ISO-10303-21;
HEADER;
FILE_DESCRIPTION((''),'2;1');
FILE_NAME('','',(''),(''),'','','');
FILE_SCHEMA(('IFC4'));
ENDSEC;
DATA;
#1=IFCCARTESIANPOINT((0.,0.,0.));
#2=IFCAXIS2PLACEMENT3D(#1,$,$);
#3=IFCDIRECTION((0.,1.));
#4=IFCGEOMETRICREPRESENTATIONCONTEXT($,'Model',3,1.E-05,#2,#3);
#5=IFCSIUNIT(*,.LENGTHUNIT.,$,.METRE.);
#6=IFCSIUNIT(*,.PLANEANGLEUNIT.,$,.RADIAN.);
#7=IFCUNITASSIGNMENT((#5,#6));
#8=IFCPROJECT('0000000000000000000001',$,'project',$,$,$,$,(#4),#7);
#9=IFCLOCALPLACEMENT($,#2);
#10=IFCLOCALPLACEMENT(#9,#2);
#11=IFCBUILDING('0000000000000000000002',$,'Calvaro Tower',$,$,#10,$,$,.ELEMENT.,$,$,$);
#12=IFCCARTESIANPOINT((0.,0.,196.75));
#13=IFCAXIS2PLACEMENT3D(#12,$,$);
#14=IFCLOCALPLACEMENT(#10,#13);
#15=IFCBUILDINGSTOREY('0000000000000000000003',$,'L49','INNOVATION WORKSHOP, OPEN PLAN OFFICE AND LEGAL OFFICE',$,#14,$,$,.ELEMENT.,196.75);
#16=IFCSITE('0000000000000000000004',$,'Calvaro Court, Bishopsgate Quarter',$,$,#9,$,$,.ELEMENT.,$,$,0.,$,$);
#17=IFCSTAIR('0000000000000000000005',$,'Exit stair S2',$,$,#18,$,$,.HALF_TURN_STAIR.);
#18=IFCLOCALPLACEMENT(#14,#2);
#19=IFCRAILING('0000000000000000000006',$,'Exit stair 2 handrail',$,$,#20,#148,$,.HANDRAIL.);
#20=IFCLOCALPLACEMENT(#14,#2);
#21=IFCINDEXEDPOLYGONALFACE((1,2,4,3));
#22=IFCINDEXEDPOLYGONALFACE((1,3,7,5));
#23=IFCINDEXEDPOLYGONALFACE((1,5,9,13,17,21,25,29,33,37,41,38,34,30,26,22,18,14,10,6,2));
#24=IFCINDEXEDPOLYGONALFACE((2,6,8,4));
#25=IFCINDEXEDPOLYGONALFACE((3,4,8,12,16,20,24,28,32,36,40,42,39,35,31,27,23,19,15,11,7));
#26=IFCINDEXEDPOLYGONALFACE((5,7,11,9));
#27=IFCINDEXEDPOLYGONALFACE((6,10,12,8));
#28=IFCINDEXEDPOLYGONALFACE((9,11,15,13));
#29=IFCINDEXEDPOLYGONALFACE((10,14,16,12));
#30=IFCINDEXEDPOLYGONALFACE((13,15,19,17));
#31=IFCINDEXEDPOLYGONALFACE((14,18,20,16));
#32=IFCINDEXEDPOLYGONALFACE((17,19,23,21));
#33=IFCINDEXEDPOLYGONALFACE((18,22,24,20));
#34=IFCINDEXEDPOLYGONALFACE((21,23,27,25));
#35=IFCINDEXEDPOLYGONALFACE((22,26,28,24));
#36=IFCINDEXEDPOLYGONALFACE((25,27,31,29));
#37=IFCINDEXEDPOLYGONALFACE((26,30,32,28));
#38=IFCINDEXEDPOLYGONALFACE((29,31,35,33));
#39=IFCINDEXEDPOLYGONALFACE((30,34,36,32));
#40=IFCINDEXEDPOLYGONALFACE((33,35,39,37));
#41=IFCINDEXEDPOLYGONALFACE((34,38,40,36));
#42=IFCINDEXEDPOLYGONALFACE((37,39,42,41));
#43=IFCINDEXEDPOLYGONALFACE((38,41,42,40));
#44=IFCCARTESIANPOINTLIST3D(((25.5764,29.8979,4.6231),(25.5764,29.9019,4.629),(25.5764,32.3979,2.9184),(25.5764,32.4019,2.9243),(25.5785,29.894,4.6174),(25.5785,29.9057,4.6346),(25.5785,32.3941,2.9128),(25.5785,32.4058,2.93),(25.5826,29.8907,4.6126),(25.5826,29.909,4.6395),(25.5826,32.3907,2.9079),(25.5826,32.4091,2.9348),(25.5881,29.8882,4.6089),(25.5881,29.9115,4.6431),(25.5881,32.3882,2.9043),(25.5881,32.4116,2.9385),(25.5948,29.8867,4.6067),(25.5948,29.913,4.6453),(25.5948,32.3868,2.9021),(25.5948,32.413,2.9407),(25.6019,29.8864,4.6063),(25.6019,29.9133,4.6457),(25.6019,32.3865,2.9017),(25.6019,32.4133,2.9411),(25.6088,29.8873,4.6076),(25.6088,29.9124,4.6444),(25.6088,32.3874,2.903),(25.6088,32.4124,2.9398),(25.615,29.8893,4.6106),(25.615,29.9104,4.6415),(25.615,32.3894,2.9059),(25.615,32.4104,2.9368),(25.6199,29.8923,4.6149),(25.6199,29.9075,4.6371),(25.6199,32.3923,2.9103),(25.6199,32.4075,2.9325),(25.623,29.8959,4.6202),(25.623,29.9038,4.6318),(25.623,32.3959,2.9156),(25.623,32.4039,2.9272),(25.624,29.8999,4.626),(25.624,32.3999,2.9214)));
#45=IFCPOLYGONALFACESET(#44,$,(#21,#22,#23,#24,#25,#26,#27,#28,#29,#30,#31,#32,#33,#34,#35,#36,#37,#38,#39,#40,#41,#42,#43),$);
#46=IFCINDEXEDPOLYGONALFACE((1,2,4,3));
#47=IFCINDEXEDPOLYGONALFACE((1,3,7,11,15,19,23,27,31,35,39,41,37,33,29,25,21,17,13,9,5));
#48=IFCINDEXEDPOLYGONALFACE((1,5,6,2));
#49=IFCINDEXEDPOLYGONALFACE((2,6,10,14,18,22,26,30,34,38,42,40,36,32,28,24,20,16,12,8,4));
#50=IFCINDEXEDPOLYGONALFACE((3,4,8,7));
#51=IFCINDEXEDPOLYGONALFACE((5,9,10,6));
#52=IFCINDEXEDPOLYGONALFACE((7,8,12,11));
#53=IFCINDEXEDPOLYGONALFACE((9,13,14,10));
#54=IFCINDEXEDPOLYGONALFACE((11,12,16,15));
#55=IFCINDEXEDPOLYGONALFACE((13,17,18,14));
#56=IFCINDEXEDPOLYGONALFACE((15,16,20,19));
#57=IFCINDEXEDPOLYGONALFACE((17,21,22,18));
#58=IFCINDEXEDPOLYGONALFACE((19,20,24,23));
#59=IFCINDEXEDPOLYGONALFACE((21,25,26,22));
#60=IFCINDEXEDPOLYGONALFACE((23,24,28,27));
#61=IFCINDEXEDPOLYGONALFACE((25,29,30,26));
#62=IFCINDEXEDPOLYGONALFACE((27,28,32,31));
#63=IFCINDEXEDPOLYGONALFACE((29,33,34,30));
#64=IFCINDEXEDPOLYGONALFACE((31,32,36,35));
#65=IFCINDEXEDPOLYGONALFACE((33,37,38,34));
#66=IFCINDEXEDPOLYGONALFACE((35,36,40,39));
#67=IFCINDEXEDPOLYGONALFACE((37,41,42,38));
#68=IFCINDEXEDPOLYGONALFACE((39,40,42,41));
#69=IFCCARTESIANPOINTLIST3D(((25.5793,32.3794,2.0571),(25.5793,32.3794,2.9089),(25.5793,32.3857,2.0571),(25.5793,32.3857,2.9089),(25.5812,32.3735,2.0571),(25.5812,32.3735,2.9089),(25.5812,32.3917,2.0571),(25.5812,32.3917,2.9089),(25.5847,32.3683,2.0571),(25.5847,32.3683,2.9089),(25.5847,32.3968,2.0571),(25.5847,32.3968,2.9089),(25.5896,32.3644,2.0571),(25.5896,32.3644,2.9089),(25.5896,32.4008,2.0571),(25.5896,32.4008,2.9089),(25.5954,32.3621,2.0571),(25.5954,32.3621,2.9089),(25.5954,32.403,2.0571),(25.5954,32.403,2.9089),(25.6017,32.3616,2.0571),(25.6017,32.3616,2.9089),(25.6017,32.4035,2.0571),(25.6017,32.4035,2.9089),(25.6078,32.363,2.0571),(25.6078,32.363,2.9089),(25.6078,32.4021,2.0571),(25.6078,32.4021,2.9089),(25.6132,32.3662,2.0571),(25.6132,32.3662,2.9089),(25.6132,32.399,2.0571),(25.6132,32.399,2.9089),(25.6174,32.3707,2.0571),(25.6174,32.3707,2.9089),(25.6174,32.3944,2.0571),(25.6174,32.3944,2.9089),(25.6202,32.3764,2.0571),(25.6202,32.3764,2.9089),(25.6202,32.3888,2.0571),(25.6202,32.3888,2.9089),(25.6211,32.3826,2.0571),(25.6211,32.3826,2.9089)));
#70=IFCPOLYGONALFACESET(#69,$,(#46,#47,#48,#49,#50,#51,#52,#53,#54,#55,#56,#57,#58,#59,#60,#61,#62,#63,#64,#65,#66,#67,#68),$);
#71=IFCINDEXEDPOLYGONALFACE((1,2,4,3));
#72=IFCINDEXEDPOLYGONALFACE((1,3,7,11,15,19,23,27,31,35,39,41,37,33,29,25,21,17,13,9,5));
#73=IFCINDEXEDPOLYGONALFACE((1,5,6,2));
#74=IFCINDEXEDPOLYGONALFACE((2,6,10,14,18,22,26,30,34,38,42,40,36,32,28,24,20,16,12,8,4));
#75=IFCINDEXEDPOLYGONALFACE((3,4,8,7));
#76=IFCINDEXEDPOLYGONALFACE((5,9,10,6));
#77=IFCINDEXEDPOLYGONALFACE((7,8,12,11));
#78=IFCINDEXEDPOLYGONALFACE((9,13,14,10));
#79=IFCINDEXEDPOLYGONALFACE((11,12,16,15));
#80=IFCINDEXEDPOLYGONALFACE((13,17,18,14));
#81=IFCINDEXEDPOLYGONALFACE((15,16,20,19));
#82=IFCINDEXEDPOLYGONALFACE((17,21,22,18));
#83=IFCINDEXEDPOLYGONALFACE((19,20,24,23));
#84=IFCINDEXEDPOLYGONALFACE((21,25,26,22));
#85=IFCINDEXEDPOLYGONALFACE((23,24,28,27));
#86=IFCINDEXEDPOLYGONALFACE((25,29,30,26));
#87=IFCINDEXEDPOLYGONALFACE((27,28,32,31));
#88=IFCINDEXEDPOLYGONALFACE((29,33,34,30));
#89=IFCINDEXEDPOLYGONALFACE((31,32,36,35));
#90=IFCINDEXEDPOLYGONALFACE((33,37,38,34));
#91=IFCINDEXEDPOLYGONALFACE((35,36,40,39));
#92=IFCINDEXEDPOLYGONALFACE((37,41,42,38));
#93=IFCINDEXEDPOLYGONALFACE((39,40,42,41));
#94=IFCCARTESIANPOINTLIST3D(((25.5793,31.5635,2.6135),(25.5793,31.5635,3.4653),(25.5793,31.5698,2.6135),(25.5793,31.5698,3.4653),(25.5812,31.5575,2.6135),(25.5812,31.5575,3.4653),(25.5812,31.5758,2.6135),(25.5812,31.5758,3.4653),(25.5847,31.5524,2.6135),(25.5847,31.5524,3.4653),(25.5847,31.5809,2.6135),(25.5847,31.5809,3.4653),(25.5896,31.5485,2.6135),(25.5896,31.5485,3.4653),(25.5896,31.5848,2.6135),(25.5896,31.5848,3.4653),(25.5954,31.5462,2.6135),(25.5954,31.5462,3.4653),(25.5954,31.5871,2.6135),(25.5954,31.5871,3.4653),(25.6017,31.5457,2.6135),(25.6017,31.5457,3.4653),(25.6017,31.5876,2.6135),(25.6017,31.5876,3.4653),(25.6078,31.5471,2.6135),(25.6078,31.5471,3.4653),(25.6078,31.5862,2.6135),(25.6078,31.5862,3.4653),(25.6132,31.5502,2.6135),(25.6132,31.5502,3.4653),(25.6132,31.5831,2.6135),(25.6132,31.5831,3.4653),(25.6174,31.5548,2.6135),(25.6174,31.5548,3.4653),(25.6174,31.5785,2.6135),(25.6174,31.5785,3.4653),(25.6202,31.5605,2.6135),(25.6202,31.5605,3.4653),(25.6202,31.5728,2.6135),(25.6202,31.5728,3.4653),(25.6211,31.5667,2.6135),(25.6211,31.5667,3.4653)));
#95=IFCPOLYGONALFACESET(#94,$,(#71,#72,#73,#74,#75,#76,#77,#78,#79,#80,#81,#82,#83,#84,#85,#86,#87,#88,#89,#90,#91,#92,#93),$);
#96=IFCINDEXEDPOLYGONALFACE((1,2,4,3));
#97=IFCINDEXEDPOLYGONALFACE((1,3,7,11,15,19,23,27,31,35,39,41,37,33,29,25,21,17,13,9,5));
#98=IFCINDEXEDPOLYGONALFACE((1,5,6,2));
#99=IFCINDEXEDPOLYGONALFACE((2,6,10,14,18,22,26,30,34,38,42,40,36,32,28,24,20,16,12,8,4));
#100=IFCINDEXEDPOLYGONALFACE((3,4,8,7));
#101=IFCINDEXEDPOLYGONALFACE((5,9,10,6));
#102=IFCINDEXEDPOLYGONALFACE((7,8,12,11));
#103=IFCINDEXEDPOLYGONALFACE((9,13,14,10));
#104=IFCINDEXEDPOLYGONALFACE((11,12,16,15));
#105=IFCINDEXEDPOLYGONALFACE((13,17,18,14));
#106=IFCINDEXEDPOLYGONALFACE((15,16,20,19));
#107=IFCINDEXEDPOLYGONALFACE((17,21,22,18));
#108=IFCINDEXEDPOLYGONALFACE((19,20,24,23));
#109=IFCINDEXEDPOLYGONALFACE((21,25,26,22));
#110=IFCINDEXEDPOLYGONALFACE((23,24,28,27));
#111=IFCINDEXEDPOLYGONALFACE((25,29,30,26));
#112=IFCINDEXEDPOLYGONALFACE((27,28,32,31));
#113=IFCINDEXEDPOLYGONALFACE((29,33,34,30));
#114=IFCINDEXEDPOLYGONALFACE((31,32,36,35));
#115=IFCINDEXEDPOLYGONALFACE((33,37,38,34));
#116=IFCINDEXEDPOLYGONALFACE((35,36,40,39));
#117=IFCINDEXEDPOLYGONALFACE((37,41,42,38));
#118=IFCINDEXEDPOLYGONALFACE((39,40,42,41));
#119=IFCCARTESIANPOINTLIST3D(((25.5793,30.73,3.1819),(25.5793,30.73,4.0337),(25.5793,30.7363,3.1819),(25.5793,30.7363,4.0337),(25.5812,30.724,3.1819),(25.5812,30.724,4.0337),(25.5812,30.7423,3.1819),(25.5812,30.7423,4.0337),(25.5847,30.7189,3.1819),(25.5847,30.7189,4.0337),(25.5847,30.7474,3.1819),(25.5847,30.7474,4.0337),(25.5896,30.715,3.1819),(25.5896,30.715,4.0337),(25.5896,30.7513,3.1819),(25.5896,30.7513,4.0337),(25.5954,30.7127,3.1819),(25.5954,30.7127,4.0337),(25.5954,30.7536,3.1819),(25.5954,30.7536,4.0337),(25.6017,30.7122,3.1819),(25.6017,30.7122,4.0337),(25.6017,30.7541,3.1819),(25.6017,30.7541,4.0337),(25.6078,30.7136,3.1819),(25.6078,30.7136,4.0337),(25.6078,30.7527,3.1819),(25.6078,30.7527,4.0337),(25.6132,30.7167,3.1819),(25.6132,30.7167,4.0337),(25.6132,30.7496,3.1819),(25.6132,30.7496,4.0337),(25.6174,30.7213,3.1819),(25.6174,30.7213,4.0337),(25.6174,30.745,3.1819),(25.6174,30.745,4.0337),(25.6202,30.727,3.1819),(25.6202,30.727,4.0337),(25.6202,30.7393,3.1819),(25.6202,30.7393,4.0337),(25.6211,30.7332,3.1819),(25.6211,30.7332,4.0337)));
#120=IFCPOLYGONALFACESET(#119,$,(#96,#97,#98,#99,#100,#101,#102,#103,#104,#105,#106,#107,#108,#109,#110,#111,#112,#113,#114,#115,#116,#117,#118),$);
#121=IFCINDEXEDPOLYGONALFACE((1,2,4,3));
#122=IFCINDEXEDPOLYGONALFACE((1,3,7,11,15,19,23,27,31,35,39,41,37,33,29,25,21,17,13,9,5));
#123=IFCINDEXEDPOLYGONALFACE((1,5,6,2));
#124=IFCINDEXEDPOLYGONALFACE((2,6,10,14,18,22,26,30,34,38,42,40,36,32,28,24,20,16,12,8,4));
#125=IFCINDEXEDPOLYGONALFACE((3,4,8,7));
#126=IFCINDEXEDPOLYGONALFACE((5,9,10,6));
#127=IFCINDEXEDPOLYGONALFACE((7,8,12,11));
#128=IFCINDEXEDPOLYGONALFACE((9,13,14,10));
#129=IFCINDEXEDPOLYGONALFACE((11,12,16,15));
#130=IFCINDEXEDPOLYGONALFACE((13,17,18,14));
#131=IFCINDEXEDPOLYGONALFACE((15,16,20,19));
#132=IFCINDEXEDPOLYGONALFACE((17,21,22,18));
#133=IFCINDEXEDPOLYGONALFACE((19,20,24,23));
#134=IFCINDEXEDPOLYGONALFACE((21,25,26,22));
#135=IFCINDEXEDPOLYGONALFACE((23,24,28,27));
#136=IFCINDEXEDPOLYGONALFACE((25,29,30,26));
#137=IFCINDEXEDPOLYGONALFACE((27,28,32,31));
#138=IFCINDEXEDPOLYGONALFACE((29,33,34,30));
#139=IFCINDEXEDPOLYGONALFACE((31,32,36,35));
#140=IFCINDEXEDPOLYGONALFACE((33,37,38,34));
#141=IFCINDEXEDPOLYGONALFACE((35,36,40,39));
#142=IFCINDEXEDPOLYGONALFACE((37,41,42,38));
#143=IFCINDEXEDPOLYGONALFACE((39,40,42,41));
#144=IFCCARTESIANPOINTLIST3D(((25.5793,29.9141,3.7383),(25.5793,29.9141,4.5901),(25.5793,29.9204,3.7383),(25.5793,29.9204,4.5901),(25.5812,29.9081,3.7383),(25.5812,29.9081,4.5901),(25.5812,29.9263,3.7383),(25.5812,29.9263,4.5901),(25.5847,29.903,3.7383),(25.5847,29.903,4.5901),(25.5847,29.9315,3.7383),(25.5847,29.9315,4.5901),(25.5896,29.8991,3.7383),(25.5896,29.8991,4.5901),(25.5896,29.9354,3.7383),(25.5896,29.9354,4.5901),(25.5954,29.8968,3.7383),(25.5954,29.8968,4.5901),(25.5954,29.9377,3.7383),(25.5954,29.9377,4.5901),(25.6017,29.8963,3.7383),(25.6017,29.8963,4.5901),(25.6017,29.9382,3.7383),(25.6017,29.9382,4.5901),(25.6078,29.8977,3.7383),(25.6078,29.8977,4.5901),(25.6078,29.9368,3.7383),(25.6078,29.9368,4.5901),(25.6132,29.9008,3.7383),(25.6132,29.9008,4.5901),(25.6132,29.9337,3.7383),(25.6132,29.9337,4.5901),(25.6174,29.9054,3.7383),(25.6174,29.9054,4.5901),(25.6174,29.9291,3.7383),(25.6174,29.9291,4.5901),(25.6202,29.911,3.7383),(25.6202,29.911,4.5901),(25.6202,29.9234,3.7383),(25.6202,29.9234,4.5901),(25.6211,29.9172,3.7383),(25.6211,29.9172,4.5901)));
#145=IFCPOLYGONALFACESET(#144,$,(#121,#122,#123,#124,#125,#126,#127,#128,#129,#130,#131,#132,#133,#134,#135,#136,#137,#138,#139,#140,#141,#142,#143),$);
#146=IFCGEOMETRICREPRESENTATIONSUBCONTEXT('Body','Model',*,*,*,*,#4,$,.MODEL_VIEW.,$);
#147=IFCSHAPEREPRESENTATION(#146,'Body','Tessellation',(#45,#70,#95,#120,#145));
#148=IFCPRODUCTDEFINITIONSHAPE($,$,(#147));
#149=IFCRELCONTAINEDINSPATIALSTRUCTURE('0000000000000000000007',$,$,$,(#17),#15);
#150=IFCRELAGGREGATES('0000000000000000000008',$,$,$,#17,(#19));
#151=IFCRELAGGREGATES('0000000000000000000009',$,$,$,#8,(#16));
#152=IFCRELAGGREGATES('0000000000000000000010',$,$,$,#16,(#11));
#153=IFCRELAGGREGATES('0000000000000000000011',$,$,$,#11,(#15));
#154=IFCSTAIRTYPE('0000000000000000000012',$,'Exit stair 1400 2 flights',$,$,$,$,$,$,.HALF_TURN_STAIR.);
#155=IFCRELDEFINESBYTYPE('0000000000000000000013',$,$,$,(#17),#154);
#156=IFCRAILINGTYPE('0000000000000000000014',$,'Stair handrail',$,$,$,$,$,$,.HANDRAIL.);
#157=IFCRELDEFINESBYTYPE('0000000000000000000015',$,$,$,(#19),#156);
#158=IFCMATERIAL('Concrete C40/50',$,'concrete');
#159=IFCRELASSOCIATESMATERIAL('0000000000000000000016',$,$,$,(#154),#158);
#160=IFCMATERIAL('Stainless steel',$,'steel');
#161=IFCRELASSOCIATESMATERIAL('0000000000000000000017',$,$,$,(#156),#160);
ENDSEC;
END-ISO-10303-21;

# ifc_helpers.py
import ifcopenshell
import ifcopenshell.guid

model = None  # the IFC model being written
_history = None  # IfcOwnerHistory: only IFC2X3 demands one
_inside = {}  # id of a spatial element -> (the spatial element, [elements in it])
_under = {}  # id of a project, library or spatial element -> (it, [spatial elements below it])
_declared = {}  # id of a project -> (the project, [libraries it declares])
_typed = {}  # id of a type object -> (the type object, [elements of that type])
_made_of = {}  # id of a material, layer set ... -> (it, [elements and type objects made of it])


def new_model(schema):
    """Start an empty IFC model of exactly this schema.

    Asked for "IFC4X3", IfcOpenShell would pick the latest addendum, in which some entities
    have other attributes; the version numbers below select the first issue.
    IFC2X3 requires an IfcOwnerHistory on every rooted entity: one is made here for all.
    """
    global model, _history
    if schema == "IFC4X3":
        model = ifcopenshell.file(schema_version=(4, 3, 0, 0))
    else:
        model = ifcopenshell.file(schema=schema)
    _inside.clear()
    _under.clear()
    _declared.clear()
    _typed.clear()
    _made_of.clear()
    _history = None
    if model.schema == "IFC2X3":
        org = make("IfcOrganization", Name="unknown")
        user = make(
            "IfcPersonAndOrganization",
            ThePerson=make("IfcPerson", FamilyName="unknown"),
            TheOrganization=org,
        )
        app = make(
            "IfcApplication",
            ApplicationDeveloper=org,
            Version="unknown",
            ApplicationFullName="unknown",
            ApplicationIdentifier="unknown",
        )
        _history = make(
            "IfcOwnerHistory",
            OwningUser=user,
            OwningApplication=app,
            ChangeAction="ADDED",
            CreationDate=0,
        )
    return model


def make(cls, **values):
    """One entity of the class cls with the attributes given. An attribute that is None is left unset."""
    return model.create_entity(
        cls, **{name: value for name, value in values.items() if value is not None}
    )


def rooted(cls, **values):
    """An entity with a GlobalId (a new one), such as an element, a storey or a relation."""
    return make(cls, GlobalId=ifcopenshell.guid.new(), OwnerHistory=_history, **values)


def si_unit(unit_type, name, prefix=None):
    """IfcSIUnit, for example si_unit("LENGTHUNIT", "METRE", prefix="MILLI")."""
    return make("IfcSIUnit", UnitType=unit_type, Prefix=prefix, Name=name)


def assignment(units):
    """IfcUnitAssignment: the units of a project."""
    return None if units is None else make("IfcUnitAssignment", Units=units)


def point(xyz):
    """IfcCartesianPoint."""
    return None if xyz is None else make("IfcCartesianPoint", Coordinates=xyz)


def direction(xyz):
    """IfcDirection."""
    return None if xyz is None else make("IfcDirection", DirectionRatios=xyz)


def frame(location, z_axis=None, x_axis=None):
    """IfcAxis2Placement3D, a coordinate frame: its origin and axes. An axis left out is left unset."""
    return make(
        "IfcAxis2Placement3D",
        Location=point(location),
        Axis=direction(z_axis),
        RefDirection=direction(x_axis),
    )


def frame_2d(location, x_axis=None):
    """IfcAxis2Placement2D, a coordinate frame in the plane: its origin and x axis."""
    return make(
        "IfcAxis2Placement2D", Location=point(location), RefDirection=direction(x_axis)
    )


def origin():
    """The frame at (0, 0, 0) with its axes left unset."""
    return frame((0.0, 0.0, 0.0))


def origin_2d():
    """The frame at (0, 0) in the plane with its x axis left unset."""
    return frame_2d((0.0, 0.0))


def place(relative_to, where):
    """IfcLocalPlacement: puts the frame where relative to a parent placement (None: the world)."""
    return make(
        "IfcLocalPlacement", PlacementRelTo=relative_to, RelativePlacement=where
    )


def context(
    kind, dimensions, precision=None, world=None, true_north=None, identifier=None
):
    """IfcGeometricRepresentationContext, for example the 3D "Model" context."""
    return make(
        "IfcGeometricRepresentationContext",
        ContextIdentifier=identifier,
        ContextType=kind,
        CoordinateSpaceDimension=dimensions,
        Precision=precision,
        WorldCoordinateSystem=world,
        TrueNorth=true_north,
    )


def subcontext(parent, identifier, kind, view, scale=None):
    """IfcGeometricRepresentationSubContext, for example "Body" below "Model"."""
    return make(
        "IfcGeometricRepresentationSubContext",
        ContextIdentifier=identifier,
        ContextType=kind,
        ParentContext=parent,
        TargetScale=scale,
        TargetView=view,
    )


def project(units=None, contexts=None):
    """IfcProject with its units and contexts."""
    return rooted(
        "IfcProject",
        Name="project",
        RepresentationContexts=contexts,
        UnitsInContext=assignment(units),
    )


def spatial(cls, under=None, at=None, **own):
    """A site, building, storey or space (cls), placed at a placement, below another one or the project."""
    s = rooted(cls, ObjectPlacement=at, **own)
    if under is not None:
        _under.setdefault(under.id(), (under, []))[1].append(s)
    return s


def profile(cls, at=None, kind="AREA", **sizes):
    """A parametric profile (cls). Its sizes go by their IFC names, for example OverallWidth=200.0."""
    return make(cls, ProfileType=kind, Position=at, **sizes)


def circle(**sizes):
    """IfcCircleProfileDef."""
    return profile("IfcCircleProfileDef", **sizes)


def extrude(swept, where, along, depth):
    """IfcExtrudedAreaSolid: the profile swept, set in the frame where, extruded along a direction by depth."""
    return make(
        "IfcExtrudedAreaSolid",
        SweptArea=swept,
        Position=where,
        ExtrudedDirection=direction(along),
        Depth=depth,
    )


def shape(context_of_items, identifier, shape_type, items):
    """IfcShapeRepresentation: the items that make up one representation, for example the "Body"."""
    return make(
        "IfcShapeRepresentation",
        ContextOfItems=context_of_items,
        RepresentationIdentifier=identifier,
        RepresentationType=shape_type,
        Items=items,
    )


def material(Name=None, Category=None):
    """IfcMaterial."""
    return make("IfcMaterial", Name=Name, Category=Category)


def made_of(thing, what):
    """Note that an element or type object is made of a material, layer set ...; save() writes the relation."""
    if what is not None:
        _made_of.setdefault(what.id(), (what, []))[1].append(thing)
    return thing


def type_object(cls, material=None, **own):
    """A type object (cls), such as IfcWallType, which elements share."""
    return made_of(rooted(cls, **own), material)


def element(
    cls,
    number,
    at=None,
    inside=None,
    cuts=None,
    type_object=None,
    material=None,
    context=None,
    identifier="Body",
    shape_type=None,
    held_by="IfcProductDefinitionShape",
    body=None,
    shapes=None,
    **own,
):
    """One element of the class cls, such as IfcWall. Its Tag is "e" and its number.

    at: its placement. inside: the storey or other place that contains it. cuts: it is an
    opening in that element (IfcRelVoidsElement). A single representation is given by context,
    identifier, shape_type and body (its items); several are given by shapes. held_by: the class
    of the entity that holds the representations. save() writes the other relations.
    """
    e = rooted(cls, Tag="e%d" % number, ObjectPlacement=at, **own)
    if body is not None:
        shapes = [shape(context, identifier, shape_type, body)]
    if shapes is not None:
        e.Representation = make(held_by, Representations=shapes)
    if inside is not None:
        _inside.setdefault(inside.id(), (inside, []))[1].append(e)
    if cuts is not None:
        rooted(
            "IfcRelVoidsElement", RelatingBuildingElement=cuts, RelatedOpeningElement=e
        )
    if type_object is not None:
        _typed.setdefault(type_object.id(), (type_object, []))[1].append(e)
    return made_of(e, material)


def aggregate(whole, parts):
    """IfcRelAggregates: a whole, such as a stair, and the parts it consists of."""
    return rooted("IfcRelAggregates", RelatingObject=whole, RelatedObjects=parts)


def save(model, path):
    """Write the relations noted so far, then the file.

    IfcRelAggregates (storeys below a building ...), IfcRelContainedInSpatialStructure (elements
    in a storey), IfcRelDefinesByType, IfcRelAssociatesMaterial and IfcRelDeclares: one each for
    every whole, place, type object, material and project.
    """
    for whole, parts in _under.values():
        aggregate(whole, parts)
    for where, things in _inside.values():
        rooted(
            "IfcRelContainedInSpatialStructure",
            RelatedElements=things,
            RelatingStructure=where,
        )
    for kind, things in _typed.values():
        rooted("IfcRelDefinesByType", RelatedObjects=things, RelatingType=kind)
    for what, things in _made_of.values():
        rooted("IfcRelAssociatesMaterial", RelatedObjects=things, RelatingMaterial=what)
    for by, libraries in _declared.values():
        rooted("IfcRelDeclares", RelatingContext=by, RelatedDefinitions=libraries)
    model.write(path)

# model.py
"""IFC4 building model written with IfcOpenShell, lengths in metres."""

from ifc_helpers import new_model, si_unit, direction, frame, origin, origin_2d, place, context, subcontext, project, spatial, circle, extrude, material, type_object, element, aggregate, save


model = new_model("IFC4")

# Units and contexts
model_context = context("Model", 3, precision=1e-05, world=origin(), true_north=direction((0.0, 1.0)))
body_context = subcontext(model_context, "Body", "Model", "MODEL_VIEW")
ifc_project = project(units=[si_unit("LENGTHUNIT", "METRE"), si_unit("PLANEANGLEUNIT", "RADIAN")], contexts=[model_context])

# Site, building, storey
site_placement = place(None, origin())
site = spatial("IfcSite", under=ifc_project, at=site_placement, Name="Calvaro Court, Bishopsgate Quarter", CompositionType="ELEMENT", RefElevation=0.0)
building_placement = place(site_placement, origin())
building = spatial("IfcBuilding", under=site, at=building_placement, Name="Calvaro Tower", CompositionType="ELEMENT")
storey_placement = place(building_placement, frame((0.0, 0.0, 196.75)))
storey = spatial("IfcBuildingStorey", under=building, at=storey_placement, Name="L49", Description="INNOVATION WORKSHOP, OPEN PLAN OFFICE AND LEGAL OFFICE", CompositionType="ELEMENT", Elevation=196.75)

# Stair, railing
ifc_material_1 = material(Name="Concrete C40/50", Category="concrete")
stair_type = type_object("IfcStairType", Name="Exit stair 1400 2 flights", PredefinedType="HALF_TURN_STAIR", material=ifc_material_1)
stair_placement = place(storey_placement, origin())
stair = element("IfcStair", 1, at=stair_placement, inside=storey, type_object=stair_type, Name="Exit stair S2", PredefinedType="HALF_TURN_STAIR")
ifc_material_2 = material(Name="Stainless steel", Category="steel")
railing_type = type_object("IfcRailingType", Name="Stair handrail", PredefinedType="HANDRAIL", material=ifc_material_2)
railing_1_placement = place(storey_placement, frame((25.6001, 32.3999, 2.0454)))
railing_1 = element("IfcRailing", 2, at=railing_1_placement, type_object=railing_type, Name="Exit stair 2 handrail", PredefinedType="HANDRAIL", context=body_context, shape_type="SweptSolid", body=[
    extrude(circle(Radius=0.0239, at=origin_2d()), frame((0.0, 0.0, 0.876), z_axis=(0.0, -0.826221, 0.563347), x_axis=(1.0, 0.0, 0.0)), (0.0, 0.0, 1.0), 3.0259),
    extrude(circle(Radius=0.021, at=origin_2d()), frame((0.0, -0.0173, 0.0117)), (0.0, 0.0, 1.0), 0.8518),
    extrude(circle(Radius=0.021, at=origin_2d()), frame((0.0, -0.8333, 0.5681)), (0.0, 0.0, 1.0), 0.8518),
    extrude(circle(Radius=0.021, at=origin_2d()), frame((0.0, -1.6667, 1.1365)), (0.0, 0.0, 1.0), 0.8518),
    extrude(circle(Radius=0.021, at=origin_2d()), frame((0.0, -2.4827, 1.6929)), (0.0, 0.0, 1.0), 0.8518),
])
aggregate(stair, [railing_1])

save(model, "model.ifc")
